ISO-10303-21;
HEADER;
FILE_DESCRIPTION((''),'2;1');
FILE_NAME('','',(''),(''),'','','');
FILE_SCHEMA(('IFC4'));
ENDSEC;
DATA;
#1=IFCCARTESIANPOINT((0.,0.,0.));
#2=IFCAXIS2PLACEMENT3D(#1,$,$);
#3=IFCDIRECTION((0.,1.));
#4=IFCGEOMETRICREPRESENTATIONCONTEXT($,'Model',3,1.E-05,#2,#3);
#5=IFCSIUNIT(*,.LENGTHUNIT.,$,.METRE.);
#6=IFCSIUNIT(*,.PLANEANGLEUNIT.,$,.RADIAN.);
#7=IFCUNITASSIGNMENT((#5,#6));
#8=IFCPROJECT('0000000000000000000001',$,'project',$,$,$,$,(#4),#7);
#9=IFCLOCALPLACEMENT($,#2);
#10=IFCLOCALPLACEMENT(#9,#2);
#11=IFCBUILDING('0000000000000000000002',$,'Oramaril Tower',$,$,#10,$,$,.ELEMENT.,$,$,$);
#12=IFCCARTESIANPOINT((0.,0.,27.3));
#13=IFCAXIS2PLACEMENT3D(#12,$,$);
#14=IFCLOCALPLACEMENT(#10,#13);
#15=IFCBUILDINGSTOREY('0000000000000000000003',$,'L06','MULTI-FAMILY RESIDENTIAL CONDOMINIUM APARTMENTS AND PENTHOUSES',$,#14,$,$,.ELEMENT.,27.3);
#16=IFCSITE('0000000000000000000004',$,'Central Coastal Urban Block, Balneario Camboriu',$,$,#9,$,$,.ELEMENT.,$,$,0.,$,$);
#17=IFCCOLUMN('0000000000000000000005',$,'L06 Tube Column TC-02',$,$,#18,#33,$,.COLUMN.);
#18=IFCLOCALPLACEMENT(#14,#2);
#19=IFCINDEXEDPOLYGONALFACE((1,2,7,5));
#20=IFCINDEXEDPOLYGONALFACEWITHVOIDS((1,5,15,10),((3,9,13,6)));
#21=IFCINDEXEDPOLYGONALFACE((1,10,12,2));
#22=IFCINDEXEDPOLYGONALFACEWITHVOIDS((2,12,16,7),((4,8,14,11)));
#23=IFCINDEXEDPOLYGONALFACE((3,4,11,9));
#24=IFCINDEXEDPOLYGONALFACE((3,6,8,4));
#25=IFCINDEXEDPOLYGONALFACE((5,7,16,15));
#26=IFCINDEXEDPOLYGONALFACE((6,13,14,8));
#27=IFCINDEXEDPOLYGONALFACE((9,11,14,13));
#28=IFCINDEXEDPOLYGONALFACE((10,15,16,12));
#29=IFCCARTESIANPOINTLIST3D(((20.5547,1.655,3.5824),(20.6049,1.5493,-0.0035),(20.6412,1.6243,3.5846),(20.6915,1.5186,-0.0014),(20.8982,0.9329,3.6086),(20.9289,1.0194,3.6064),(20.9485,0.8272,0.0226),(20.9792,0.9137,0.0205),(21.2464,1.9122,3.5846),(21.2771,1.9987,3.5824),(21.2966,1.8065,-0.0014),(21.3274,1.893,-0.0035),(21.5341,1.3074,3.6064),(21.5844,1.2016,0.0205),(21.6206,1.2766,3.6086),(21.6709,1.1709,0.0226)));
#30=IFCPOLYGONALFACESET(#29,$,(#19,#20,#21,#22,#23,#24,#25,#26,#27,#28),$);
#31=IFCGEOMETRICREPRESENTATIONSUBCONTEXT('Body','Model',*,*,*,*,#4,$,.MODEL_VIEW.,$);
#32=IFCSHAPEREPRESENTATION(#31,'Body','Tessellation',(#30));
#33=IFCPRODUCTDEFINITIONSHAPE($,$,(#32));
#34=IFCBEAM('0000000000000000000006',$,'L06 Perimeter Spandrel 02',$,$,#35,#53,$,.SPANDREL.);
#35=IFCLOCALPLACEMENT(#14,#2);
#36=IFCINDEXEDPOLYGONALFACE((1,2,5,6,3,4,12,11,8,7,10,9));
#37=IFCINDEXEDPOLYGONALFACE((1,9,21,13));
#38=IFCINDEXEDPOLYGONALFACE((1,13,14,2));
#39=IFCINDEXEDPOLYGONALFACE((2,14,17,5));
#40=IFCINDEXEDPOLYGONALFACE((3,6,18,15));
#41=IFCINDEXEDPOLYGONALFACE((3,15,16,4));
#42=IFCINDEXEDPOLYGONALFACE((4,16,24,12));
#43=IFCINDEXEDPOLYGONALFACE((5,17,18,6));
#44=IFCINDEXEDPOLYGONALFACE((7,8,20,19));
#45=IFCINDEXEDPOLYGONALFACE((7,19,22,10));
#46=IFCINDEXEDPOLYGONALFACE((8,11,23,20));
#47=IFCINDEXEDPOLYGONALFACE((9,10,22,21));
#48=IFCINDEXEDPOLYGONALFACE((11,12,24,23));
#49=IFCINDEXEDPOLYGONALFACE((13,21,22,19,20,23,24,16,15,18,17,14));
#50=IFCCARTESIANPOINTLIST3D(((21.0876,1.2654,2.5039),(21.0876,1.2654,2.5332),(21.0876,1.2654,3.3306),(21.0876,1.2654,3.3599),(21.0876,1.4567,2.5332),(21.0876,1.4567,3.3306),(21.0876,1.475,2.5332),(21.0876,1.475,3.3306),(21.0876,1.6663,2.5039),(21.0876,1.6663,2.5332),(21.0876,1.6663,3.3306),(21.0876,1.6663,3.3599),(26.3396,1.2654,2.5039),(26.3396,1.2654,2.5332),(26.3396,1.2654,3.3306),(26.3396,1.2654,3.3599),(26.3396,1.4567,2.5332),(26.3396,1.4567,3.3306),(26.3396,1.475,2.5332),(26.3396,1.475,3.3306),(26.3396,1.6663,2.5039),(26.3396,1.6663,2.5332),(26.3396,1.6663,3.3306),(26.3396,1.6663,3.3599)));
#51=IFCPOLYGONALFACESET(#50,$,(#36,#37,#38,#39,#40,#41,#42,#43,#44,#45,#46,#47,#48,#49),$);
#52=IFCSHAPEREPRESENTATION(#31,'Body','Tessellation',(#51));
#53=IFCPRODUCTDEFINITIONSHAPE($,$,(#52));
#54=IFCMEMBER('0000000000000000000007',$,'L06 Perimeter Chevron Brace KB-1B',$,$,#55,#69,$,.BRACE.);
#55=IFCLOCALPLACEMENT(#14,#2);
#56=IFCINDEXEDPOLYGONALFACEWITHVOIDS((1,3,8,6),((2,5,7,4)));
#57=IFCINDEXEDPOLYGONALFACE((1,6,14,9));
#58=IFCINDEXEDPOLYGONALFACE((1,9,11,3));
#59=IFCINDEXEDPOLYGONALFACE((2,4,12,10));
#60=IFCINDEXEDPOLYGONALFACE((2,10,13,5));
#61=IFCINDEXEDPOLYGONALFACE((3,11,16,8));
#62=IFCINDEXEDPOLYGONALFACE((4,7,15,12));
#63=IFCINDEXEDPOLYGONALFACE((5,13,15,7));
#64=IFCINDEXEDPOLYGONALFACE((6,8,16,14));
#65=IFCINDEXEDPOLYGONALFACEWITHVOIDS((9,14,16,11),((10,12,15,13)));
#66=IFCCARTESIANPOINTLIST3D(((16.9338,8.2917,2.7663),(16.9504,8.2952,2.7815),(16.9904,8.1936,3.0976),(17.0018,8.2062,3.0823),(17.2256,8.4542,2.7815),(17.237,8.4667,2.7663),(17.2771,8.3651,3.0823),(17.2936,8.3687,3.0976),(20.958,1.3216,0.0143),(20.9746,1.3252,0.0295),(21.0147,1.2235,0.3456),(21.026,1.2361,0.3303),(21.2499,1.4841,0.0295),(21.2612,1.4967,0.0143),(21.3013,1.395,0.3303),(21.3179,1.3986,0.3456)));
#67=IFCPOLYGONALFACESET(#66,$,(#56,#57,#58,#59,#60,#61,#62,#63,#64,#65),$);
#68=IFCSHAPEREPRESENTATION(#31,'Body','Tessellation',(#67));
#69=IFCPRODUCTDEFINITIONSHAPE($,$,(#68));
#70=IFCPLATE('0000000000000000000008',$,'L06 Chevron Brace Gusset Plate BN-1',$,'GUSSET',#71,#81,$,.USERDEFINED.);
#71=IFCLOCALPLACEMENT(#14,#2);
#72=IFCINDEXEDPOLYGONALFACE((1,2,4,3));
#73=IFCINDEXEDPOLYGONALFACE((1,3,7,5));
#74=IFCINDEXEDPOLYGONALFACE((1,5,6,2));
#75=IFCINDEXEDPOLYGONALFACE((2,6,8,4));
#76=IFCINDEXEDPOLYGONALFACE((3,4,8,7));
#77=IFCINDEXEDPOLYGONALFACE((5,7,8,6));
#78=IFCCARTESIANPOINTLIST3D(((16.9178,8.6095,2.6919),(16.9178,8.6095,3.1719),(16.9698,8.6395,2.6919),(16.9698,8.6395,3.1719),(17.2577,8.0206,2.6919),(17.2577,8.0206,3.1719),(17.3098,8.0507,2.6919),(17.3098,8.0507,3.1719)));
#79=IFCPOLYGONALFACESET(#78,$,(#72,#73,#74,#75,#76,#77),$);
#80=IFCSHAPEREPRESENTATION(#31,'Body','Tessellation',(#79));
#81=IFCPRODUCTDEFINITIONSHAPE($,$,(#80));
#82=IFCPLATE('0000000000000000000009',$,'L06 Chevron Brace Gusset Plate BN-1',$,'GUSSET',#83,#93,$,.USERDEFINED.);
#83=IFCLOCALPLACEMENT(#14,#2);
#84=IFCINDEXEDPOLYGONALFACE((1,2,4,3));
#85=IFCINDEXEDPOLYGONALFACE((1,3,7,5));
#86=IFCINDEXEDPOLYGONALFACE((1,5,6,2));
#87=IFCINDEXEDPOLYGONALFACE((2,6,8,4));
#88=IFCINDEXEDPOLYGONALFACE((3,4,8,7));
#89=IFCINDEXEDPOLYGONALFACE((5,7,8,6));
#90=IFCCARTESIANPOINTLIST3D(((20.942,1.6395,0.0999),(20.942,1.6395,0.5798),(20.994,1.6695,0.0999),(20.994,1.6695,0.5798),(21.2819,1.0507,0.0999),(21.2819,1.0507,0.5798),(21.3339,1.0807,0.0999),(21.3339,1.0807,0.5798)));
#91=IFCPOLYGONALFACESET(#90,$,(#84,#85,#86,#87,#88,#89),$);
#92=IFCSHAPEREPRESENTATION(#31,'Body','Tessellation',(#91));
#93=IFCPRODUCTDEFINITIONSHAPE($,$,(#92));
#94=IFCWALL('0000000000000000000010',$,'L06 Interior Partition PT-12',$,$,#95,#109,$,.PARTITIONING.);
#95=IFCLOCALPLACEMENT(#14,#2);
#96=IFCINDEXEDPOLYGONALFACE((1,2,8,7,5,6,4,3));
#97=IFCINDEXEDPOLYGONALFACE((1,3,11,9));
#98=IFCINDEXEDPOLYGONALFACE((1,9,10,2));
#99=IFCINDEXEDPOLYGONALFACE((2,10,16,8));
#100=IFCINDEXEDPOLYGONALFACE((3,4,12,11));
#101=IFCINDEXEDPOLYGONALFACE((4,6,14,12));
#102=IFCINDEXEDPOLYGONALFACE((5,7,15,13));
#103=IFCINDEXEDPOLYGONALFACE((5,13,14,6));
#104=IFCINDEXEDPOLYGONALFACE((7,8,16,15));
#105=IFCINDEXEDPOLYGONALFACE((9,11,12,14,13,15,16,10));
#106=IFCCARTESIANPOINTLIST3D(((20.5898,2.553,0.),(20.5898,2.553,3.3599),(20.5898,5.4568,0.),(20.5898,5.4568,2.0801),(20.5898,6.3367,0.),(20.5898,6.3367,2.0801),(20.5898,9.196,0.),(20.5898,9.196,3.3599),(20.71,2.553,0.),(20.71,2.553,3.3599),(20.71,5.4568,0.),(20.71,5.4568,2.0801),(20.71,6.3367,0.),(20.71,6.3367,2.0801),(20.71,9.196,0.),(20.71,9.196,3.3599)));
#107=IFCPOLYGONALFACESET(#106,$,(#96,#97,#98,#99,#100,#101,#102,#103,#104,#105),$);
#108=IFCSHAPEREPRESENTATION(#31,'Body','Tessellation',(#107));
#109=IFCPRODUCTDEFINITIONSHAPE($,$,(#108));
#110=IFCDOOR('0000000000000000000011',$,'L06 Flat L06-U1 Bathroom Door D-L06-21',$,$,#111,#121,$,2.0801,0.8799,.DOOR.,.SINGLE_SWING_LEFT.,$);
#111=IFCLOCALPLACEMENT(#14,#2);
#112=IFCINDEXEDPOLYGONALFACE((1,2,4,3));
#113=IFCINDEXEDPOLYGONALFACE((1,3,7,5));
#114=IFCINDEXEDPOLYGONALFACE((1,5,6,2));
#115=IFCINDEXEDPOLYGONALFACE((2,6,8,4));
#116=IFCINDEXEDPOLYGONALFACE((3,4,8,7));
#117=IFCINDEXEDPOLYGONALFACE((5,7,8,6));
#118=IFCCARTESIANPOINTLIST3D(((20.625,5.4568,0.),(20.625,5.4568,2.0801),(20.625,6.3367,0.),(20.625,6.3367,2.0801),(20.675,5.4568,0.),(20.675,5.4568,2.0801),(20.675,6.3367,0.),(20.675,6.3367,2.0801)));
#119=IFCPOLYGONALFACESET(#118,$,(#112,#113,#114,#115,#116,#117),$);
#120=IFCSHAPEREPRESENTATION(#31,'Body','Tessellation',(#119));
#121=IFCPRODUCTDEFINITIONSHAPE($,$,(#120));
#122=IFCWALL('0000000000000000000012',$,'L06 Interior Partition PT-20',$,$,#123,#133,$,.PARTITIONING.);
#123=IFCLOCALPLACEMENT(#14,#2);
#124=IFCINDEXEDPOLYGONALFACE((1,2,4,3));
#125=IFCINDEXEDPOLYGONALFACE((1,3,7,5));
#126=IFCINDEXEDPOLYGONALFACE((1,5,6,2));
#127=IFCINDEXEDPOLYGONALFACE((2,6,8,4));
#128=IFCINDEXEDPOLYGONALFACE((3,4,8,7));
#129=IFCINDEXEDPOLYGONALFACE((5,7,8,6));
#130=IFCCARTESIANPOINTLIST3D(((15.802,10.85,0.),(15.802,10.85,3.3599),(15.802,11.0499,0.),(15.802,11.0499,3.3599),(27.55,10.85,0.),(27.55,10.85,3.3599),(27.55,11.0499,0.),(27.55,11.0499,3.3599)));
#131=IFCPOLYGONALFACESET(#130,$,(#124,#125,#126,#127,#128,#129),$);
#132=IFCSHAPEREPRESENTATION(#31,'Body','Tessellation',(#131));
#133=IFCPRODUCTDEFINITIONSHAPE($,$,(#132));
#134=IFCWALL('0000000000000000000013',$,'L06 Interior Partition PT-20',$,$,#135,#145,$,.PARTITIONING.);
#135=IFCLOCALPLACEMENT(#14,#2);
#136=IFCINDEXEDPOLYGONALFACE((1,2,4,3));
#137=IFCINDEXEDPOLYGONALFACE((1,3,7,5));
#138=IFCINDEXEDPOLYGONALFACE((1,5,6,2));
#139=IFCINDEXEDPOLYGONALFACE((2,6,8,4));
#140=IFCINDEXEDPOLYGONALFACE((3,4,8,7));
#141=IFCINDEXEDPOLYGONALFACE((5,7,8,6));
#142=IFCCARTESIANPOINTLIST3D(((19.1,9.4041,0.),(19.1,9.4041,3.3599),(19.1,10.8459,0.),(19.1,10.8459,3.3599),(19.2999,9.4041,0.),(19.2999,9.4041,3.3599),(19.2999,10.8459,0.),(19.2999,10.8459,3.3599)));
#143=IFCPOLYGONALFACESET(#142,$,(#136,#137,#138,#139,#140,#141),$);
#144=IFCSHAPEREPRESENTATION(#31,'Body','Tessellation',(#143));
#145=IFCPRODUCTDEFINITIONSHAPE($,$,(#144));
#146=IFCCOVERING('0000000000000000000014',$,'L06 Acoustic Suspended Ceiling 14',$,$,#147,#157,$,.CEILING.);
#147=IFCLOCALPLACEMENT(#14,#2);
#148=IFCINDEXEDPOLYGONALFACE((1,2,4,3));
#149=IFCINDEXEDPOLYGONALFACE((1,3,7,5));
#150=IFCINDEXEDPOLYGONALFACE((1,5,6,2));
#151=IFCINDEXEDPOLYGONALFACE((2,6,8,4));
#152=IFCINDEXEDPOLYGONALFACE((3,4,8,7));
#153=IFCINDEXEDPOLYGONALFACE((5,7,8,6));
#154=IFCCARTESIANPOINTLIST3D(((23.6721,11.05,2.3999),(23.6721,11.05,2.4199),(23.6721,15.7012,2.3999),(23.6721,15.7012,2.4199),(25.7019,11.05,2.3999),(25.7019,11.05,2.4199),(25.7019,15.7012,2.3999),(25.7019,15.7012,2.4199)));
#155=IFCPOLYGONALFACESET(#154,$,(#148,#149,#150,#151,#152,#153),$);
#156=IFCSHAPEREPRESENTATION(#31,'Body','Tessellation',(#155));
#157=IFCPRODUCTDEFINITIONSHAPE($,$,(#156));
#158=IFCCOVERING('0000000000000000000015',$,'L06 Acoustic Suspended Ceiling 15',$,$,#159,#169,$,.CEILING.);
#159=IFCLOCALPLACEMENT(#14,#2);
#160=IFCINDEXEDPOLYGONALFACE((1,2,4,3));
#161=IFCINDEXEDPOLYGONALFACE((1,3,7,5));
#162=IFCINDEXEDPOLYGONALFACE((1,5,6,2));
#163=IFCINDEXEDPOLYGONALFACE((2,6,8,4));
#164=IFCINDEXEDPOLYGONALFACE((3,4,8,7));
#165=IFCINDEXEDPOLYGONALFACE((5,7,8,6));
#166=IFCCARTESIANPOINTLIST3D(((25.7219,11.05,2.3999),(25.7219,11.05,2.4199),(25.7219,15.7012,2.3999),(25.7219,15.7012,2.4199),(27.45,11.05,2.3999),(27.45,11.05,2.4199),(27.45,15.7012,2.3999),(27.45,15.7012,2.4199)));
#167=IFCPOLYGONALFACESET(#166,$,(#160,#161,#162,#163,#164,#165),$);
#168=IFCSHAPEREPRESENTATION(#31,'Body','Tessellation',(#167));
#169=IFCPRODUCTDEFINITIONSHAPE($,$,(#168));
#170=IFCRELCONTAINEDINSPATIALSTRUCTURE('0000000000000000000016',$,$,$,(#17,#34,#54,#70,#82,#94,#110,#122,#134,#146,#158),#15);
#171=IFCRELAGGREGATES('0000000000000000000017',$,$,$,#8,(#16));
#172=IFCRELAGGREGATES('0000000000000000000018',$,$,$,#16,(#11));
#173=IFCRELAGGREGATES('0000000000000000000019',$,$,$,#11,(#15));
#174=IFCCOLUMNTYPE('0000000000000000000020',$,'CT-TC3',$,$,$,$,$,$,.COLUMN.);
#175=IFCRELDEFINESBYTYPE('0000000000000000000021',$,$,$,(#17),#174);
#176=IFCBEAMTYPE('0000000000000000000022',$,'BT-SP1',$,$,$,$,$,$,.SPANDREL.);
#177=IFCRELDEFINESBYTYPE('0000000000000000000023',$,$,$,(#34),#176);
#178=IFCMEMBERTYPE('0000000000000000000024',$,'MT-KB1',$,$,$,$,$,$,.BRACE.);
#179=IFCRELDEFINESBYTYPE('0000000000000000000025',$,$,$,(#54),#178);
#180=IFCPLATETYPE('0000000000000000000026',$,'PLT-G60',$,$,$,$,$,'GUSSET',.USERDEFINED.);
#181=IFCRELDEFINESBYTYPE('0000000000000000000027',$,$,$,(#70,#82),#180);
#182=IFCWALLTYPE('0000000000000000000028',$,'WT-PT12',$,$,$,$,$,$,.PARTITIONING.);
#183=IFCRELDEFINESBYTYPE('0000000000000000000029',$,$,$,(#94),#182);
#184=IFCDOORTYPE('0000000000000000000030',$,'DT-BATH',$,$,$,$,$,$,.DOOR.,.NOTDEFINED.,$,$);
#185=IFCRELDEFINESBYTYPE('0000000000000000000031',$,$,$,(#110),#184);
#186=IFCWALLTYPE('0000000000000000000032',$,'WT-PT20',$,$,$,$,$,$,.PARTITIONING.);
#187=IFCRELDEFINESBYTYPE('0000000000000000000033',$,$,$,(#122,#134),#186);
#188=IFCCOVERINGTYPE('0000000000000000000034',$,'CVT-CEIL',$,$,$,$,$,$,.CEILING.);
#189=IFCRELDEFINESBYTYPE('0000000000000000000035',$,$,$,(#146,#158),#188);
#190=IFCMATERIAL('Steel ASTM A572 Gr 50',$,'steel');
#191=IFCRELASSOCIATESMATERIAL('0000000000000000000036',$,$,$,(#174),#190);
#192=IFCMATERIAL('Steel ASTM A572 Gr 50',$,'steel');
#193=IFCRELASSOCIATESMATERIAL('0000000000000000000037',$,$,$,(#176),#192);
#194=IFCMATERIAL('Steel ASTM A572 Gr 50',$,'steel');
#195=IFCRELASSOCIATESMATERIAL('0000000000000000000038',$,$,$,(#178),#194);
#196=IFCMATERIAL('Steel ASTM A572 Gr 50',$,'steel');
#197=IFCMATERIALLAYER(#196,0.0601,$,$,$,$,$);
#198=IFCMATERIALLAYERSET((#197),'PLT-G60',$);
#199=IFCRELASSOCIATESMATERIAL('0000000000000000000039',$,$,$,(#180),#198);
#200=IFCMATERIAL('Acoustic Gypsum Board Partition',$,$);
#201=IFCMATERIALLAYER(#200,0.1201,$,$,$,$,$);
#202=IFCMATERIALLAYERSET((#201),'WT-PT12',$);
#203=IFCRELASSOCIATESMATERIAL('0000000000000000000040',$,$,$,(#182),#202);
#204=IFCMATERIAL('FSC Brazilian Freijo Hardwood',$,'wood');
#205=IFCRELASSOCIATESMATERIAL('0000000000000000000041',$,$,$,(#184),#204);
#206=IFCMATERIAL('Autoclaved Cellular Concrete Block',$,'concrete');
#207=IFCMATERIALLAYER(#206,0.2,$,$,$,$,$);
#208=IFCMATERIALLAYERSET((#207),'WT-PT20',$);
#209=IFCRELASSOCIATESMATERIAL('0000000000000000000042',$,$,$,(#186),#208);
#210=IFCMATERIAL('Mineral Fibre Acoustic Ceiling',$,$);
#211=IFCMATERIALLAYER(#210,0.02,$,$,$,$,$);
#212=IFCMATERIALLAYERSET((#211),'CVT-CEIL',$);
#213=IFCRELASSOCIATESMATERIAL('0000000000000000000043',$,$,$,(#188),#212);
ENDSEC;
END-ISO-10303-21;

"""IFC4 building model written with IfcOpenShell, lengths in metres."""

from ifc_helpers import new_model, si_unit, direction, frame, frame_2d, origin, origin_2d, place, context, subcontext, project, spatial, polyline, rectangle, hollow_rectangle, i_section, outline, extrude, material, layer, layer_set, material_profile, profile_set, type_object, element, fill, save


model = new_model("IFC4")

# Units and contexts
model_context = context("Model", 3, precision=1e-05, world=origin(), true_north=direction((0.0, 1.0)))
body_context = subcontext(model_context, "Body", "Model", "MODEL_VIEW")
ifc_project = project(units=[si_unit("LENGTHUNIT", "METRE"), si_unit("PLANEANGLEUNIT", "RADIAN")], contexts=[model_context])

# Site, building, storey
site_placement = place(None, origin())
site = spatial("IfcSite", under=ifc_project, at=site_placement, Name="Central Coastal Urban Block, Balneario Camboriu", CompositionType="ELEMENT", RefElevation=0.0)
building_placement = place(site_placement, origin())
building = spatial("IfcBuilding", under=site, at=building_placement, Name="Oramaril Tower", CompositionType="ELEMENT")
storey_placement = place(building_placement, frame((0.0, 0.0, 27.3)))
storey = spatial("IfcBuildingStorey", under=building, at=storey_placement, Name="L06", Description="MULTI-FAMILY RESIDENTIAL CONDOMINIUM APARTMENTS AND PENTHOUSES", CompositionType="ELEMENT", Elevation=27.3)

# Column
ifc_material_1 = material(Name="Steel ASTM A572 Gr 50", Category="steel")
ifc_material_profile_1 = material_profile(ifc_material_1, hollow_rectangle(XDim=0.8, YDim=0.8, WallThickness=0.0649, at=origin_2d()), Name="BOX800X800X65")
ifc_profile_set_1 = profile_set([ifc_material_profile_1], Name="Steel ASTM A572 Gr 50")
column_type = type_object("IfcColumnType", Name="CT-TC3", PredefinedType="COLUMN", material=ifc_profile_set_1)
column_placement = place(storey_placement, frame((21.1379, 1.3601, 0.0095), z_axis=(-0.014018, 0.029464, 0.999468), x_axis=(-0.903015, -0.42961, 0.0)))
element("IfcColumn", 1, at=column_placement, inside=storey, type_object=column_type, Name="L06 Tube Column TC-02", PredefinedType="COLUMN", context=body_context, shape_type="SweptSolid", body=[
    extrude(hollow_rectangle(XDim=0.8, YDim=0.8, WallThickness=0.0649, at=origin_2d()), origin(), (0.0, 0.0, 1.0), 3.5879),
])

# Beam
ifc_material_2 = material(Name="Steel ASTM A572 Gr 50", Category="steel")
ifc_material_profile_2 = material_profile(ifc_material_2, i_section(OverallWidth=0.4009, OverallDepth=0.856, WebThickness=0.0183, FlangeThickness=0.0293, at=origin_2d()), Name="W33X201")
ifc_profile_set_2 = profile_set([ifc_material_profile_2], Name="Steel ASTM A572 Gr 50")
beam_type = type_object("IfcBeamType", Name="BT-SP1", PredefinedType="SPANDREL", material=ifc_profile_set_2)
beam_placement = place(storey_placement, frame((21.0876, 1.4658, 2.9319), z_axis=(1.0, 0.0, 0.0), x_axis=(0.0, 1.0, 0.0)))
element("IfcBeam", 2, at=beam_placement, inside=storey, type_object=beam_type, Name="L06 Perimeter Spandrel 02", PredefinedType="SPANDREL", context=body_context, shape_type="SweptSolid", body=[
    extrude(i_section(OverallWidth=0.4009, OverallDepth=0.856, WebThickness=0.0183, FlangeThickness=0.0293, at=origin_2d()), origin(), (0.0, 0.0, 1.0), 5.252),
])

# Member
ifc_material_3 = material(Name="Steel ASTM A572 Gr 50", Category="steel")
ifc_material_profile_3 = material_profile(ifc_material_3, hollow_rectangle(XDim=0.3501, YDim=0.3501, WallThickness=0.0161, at=origin_2d()), Name="HSS350X350X16")
ifc_profile_set_3 = profile_set([ifc_material_profile_3], Name="Steel ASTM A572 Gr 50")
member_type = type_object("IfcMemberType", Name="MT-KB1", PredefinedType="BRACE", material=ifc_profile_set_3)
member_placement = place(storey_placement, frame((21.1379, 1.3601, 0.1799), z_axis=(-0.473112, 0.819443, 0.323541), x_axis=(-0.866022, -0.500005, 0.0)))
element("IfcMember", 3, at=member_placement, inside=storey, type_object=member_type, Name="L06 Perimeter Chevron Brace KB-1B", PredefinedType="BRACE", context=body_context, shape_type="SweptSolid", body=[
    extrude(hollow_rectangle(XDim=0.3501, YDim=0.3501, WallThickness=0.0161, at=origin_2d()), origin(), (0.0, 0.0, 1.0), 8.5059),
])

# Plates
ifc_material_4 = material(Name="Steel ASTM A572 Gr 50", Category="steel")
ifc_layer_1 = layer(ifc_material_4, 0.0601)
ifc_layer_set_1 = layer_set([ifc_layer_1], Name="PLT-G60")
plate_type = type_object("IfcPlateType", Name="PLT-G60", ElementType="GUSSET", PredefinedType="USERDEFINED", material=ifc_layer_set_1)
for number, where, z_axis, x_axis, name in (
    (4, (17.1138, 8.3301, 2.6919), (0.0, 0.0, 1.0), (0.499997, -0.866027, 0.0), "L06 Chevron Brace Gusset Plate BN-1"),
    (5, (21.1379, 1.3601, 0.0999), (0.0, 0.0, 1.0), (0.499997, -0.866027, 0.0), "L06 Chevron Brace Gusset Plate BN-1"),
):
    element("IfcPlate", number, at=place(storey_placement, frame(where, z_axis=z_axis, x_axis=x_axis)), inside=storey, type_object=plate_type, Name=name, ObjectType="GUSSET", PredefinedType="USERDEFINED", context=body_context, shape_type="SweptSolid", body=[
        extrude(rectangle(XDim=0.6799, YDim=0.0601, at=origin_2d()), origin(), (0.0, 0.0, 1.0), 0.48),
    ])

# Wall, opening, door
ifc_material_5 = material(Name="Acoustic Gypsum Board Partition")
ifc_layer_2 = layer(ifc_material_5, 0.1201)
ifc_layer_set_2 = layer_set([ifc_layer_2], Name="WT-PT12")
wall_type_1 = type_object("IfcWallType", Name="WT-PT12", PredefinedType="PARTITIONING", material=ifc_layer_set_2)
wall_1_placement = place(storey_placement, frame((20.6499, 2.553, 0.0), z_axis=(0.0, 0.0, 1.0), x_axis=(0.0, 1.0, 0.0)))
wall_1 = element("IfcWall", 6, at=wall_1_placement, inside=storey, type_object=wall_type_1, Name="L06 Interior Partition PT-12", PredefinedType="PARTITIONING", context=body_context, shape_type="SweptSolid", body=[
    extrude(rectangle(XDim=6.6431, YDim=0.1201, at=frame_2d((3.3215, 0.0))), origin(), (0.0, 0.0, 1.0), 3.3599),
])
opening_1_placement = place(wall_1_placement, frame((2.9038, 0.0, 0.0)))
opening_1 = element("IfcOpeningElement", 7, at=opening_1_placement, cuts=wall_1, PredefinedType="OPENING", context=body_context, shape_type="SweptSolid", body=[
    extrude(rectangle(XDim=0.8799, YDim=2.0801, at=frame_2d((0.4399, 1.04))), frame((0.0, 0.0601, 0.0), z_axis=(0.0, -1.0, 0.0), x_axis=(1.0, 0.0, 0.0)), (0.0, 0.0, 1.0), 0.1201),
])
ifc_material_6 = material(Name="FSC Brazilian Freijo Hardwood", Category="wood")
door_type_1 = type_object("IfcDoorType", Name="DT-BATH", OperationType="NOTDEFINED", PredefinedType="DOOR", material=ifc_material_6)
door_1_placement = place(opening_1_placement, origin())
door_1 = element("IfcDoor", 8, at=door_1_placement, inside=storey, type_object=door_type_1, Name="L06 Flat L06-U1 Bathroom Door D-L06-21", OperationType="SINGLE_SWING_LEFT", OverallHeight=2.0801, OverallWidth=0.8799, PredefinedType="DOOR", context=body_context, shape_type="SweptSolid", body=[
    extrude(rectangle(XDim=0.8799, YDim=2.0801, at=frame_2d((0.4399, 1.04))), frame((0.0, 0.0249, 0.0), z_axis=(0.0, -1.0, 0.0), x_axis=(1.0, 0.0, 0.0)), (0.0, 0.0, 1.0), 0.05),
])
fill(opening_1, door_1)

# Shared definitions
ifc_material_7 = material(Name="Autoclaved Cellular Concrete Block", Category="concrete")
ifc_layer_3 = layer(ifc_material_7, 0.2)
ifc_layer_set_3 = layer_set([ifc_layer_3], Name="WT-PT20")
wall_type_2 = type_object("IfcWallType", Name="WT-PT20", PredefinedType="PARTITIONING", material=ifc_layer_set_3)

# Walls
wall_2_placement = place(storey_placement, frame((15.802, 10.95, 0.0), z_axis=(0.0, 0.0, 1.0), x_axis=(1.0, 0.0, 0.0)))
element("IfcWall", 9, at=wall_2_placement, inside=storey, type_object=wall_type_2, Name="L06 Interior Partition PT-20", PredefinedType="PARTITIONING", context=body_context, shape_type="SweptSolid", body=[
    extrude(rectangle(XDim=11.748, YDim=0.2, at=frame_2d((5.874, 0.0))), origin(), (0.0, 0.0, 1.0), 3.3599),
])
wall_3_placement = place(storey_placement, frame((19.2, 9.4041, 0.0), z_axis=(0.0, 0.0, 1.0), x_axis=(0.0, 1.0, 0.0)))
element("IfcWall", 10, at=wall_3_placement, inside=storey, type_object=wall_type_2, Name="L06 Interior Partition PT-20", PredefinedType="PARTITIONING", context=body_context, shape_type="SweptSolid", body=[
    extrude(rectangle(XDim=1.4419, YDim=0.2, at=frame_2d((0.7209, 0.0))), origin(), (0.0, 0.0, 1.0), 3.3599),
])

# Coverings
ifc_material_8 = material(Name="Mineral Fibre Acoustic Ceiling")
ifc_layer_4 = layer(ifc_material_8, 0.02)
ifc_layer_set_4 = layer_set([ifc_layer_4], Name="CVT-CEIL")
covering_type_1 = type_object("IfcCoveringType", Name="CVT-CEIL", PredefinedType="CEILING", material=ifc_layer_set_4)
covering_1_placement = place(storey_placement, frame((0.0, 0.0, 2.3999)))
element("IfcCovering", 11, at=covering_1_placement, inside=storey, type_object=covering_type_1, Name="L06 Acoustic Suspended Ceiling 14", PredefinedType="CEILING", context=body_context, shape_type="SweptSolid", body=[
    extrude(outline(polyline([(25.7019, 11.05), (23.6721, 11.05), (23.6721, 15.7012), (25.7019, 15.7012), (25.7019, 11.05)])), origin(), (0.0, 0.0, 1.0), 0.02),
])
covering_2_placement = place(storey_placement, frame((0.0, 0.0, 2.3999)))
element("IfcCovering", 12, at=covering_2_placement, inside=storey, type_object=covering_type_1, Name="L06 Acoustic Suspended Ceiling 15", PredefinedType="CEILING", context=body_context, shape_type="SweptSolid", body=[
    extrude(outline(polyline([(25.7219, 15.7012), (27.45, 15.7012), (27.45, 11.05), (25.7219, 11.05), (25.7219, 15.7012)])), origin(), (0.0, 0.0, 1.0), 0.02),
])

save(model, "model.ifc")
